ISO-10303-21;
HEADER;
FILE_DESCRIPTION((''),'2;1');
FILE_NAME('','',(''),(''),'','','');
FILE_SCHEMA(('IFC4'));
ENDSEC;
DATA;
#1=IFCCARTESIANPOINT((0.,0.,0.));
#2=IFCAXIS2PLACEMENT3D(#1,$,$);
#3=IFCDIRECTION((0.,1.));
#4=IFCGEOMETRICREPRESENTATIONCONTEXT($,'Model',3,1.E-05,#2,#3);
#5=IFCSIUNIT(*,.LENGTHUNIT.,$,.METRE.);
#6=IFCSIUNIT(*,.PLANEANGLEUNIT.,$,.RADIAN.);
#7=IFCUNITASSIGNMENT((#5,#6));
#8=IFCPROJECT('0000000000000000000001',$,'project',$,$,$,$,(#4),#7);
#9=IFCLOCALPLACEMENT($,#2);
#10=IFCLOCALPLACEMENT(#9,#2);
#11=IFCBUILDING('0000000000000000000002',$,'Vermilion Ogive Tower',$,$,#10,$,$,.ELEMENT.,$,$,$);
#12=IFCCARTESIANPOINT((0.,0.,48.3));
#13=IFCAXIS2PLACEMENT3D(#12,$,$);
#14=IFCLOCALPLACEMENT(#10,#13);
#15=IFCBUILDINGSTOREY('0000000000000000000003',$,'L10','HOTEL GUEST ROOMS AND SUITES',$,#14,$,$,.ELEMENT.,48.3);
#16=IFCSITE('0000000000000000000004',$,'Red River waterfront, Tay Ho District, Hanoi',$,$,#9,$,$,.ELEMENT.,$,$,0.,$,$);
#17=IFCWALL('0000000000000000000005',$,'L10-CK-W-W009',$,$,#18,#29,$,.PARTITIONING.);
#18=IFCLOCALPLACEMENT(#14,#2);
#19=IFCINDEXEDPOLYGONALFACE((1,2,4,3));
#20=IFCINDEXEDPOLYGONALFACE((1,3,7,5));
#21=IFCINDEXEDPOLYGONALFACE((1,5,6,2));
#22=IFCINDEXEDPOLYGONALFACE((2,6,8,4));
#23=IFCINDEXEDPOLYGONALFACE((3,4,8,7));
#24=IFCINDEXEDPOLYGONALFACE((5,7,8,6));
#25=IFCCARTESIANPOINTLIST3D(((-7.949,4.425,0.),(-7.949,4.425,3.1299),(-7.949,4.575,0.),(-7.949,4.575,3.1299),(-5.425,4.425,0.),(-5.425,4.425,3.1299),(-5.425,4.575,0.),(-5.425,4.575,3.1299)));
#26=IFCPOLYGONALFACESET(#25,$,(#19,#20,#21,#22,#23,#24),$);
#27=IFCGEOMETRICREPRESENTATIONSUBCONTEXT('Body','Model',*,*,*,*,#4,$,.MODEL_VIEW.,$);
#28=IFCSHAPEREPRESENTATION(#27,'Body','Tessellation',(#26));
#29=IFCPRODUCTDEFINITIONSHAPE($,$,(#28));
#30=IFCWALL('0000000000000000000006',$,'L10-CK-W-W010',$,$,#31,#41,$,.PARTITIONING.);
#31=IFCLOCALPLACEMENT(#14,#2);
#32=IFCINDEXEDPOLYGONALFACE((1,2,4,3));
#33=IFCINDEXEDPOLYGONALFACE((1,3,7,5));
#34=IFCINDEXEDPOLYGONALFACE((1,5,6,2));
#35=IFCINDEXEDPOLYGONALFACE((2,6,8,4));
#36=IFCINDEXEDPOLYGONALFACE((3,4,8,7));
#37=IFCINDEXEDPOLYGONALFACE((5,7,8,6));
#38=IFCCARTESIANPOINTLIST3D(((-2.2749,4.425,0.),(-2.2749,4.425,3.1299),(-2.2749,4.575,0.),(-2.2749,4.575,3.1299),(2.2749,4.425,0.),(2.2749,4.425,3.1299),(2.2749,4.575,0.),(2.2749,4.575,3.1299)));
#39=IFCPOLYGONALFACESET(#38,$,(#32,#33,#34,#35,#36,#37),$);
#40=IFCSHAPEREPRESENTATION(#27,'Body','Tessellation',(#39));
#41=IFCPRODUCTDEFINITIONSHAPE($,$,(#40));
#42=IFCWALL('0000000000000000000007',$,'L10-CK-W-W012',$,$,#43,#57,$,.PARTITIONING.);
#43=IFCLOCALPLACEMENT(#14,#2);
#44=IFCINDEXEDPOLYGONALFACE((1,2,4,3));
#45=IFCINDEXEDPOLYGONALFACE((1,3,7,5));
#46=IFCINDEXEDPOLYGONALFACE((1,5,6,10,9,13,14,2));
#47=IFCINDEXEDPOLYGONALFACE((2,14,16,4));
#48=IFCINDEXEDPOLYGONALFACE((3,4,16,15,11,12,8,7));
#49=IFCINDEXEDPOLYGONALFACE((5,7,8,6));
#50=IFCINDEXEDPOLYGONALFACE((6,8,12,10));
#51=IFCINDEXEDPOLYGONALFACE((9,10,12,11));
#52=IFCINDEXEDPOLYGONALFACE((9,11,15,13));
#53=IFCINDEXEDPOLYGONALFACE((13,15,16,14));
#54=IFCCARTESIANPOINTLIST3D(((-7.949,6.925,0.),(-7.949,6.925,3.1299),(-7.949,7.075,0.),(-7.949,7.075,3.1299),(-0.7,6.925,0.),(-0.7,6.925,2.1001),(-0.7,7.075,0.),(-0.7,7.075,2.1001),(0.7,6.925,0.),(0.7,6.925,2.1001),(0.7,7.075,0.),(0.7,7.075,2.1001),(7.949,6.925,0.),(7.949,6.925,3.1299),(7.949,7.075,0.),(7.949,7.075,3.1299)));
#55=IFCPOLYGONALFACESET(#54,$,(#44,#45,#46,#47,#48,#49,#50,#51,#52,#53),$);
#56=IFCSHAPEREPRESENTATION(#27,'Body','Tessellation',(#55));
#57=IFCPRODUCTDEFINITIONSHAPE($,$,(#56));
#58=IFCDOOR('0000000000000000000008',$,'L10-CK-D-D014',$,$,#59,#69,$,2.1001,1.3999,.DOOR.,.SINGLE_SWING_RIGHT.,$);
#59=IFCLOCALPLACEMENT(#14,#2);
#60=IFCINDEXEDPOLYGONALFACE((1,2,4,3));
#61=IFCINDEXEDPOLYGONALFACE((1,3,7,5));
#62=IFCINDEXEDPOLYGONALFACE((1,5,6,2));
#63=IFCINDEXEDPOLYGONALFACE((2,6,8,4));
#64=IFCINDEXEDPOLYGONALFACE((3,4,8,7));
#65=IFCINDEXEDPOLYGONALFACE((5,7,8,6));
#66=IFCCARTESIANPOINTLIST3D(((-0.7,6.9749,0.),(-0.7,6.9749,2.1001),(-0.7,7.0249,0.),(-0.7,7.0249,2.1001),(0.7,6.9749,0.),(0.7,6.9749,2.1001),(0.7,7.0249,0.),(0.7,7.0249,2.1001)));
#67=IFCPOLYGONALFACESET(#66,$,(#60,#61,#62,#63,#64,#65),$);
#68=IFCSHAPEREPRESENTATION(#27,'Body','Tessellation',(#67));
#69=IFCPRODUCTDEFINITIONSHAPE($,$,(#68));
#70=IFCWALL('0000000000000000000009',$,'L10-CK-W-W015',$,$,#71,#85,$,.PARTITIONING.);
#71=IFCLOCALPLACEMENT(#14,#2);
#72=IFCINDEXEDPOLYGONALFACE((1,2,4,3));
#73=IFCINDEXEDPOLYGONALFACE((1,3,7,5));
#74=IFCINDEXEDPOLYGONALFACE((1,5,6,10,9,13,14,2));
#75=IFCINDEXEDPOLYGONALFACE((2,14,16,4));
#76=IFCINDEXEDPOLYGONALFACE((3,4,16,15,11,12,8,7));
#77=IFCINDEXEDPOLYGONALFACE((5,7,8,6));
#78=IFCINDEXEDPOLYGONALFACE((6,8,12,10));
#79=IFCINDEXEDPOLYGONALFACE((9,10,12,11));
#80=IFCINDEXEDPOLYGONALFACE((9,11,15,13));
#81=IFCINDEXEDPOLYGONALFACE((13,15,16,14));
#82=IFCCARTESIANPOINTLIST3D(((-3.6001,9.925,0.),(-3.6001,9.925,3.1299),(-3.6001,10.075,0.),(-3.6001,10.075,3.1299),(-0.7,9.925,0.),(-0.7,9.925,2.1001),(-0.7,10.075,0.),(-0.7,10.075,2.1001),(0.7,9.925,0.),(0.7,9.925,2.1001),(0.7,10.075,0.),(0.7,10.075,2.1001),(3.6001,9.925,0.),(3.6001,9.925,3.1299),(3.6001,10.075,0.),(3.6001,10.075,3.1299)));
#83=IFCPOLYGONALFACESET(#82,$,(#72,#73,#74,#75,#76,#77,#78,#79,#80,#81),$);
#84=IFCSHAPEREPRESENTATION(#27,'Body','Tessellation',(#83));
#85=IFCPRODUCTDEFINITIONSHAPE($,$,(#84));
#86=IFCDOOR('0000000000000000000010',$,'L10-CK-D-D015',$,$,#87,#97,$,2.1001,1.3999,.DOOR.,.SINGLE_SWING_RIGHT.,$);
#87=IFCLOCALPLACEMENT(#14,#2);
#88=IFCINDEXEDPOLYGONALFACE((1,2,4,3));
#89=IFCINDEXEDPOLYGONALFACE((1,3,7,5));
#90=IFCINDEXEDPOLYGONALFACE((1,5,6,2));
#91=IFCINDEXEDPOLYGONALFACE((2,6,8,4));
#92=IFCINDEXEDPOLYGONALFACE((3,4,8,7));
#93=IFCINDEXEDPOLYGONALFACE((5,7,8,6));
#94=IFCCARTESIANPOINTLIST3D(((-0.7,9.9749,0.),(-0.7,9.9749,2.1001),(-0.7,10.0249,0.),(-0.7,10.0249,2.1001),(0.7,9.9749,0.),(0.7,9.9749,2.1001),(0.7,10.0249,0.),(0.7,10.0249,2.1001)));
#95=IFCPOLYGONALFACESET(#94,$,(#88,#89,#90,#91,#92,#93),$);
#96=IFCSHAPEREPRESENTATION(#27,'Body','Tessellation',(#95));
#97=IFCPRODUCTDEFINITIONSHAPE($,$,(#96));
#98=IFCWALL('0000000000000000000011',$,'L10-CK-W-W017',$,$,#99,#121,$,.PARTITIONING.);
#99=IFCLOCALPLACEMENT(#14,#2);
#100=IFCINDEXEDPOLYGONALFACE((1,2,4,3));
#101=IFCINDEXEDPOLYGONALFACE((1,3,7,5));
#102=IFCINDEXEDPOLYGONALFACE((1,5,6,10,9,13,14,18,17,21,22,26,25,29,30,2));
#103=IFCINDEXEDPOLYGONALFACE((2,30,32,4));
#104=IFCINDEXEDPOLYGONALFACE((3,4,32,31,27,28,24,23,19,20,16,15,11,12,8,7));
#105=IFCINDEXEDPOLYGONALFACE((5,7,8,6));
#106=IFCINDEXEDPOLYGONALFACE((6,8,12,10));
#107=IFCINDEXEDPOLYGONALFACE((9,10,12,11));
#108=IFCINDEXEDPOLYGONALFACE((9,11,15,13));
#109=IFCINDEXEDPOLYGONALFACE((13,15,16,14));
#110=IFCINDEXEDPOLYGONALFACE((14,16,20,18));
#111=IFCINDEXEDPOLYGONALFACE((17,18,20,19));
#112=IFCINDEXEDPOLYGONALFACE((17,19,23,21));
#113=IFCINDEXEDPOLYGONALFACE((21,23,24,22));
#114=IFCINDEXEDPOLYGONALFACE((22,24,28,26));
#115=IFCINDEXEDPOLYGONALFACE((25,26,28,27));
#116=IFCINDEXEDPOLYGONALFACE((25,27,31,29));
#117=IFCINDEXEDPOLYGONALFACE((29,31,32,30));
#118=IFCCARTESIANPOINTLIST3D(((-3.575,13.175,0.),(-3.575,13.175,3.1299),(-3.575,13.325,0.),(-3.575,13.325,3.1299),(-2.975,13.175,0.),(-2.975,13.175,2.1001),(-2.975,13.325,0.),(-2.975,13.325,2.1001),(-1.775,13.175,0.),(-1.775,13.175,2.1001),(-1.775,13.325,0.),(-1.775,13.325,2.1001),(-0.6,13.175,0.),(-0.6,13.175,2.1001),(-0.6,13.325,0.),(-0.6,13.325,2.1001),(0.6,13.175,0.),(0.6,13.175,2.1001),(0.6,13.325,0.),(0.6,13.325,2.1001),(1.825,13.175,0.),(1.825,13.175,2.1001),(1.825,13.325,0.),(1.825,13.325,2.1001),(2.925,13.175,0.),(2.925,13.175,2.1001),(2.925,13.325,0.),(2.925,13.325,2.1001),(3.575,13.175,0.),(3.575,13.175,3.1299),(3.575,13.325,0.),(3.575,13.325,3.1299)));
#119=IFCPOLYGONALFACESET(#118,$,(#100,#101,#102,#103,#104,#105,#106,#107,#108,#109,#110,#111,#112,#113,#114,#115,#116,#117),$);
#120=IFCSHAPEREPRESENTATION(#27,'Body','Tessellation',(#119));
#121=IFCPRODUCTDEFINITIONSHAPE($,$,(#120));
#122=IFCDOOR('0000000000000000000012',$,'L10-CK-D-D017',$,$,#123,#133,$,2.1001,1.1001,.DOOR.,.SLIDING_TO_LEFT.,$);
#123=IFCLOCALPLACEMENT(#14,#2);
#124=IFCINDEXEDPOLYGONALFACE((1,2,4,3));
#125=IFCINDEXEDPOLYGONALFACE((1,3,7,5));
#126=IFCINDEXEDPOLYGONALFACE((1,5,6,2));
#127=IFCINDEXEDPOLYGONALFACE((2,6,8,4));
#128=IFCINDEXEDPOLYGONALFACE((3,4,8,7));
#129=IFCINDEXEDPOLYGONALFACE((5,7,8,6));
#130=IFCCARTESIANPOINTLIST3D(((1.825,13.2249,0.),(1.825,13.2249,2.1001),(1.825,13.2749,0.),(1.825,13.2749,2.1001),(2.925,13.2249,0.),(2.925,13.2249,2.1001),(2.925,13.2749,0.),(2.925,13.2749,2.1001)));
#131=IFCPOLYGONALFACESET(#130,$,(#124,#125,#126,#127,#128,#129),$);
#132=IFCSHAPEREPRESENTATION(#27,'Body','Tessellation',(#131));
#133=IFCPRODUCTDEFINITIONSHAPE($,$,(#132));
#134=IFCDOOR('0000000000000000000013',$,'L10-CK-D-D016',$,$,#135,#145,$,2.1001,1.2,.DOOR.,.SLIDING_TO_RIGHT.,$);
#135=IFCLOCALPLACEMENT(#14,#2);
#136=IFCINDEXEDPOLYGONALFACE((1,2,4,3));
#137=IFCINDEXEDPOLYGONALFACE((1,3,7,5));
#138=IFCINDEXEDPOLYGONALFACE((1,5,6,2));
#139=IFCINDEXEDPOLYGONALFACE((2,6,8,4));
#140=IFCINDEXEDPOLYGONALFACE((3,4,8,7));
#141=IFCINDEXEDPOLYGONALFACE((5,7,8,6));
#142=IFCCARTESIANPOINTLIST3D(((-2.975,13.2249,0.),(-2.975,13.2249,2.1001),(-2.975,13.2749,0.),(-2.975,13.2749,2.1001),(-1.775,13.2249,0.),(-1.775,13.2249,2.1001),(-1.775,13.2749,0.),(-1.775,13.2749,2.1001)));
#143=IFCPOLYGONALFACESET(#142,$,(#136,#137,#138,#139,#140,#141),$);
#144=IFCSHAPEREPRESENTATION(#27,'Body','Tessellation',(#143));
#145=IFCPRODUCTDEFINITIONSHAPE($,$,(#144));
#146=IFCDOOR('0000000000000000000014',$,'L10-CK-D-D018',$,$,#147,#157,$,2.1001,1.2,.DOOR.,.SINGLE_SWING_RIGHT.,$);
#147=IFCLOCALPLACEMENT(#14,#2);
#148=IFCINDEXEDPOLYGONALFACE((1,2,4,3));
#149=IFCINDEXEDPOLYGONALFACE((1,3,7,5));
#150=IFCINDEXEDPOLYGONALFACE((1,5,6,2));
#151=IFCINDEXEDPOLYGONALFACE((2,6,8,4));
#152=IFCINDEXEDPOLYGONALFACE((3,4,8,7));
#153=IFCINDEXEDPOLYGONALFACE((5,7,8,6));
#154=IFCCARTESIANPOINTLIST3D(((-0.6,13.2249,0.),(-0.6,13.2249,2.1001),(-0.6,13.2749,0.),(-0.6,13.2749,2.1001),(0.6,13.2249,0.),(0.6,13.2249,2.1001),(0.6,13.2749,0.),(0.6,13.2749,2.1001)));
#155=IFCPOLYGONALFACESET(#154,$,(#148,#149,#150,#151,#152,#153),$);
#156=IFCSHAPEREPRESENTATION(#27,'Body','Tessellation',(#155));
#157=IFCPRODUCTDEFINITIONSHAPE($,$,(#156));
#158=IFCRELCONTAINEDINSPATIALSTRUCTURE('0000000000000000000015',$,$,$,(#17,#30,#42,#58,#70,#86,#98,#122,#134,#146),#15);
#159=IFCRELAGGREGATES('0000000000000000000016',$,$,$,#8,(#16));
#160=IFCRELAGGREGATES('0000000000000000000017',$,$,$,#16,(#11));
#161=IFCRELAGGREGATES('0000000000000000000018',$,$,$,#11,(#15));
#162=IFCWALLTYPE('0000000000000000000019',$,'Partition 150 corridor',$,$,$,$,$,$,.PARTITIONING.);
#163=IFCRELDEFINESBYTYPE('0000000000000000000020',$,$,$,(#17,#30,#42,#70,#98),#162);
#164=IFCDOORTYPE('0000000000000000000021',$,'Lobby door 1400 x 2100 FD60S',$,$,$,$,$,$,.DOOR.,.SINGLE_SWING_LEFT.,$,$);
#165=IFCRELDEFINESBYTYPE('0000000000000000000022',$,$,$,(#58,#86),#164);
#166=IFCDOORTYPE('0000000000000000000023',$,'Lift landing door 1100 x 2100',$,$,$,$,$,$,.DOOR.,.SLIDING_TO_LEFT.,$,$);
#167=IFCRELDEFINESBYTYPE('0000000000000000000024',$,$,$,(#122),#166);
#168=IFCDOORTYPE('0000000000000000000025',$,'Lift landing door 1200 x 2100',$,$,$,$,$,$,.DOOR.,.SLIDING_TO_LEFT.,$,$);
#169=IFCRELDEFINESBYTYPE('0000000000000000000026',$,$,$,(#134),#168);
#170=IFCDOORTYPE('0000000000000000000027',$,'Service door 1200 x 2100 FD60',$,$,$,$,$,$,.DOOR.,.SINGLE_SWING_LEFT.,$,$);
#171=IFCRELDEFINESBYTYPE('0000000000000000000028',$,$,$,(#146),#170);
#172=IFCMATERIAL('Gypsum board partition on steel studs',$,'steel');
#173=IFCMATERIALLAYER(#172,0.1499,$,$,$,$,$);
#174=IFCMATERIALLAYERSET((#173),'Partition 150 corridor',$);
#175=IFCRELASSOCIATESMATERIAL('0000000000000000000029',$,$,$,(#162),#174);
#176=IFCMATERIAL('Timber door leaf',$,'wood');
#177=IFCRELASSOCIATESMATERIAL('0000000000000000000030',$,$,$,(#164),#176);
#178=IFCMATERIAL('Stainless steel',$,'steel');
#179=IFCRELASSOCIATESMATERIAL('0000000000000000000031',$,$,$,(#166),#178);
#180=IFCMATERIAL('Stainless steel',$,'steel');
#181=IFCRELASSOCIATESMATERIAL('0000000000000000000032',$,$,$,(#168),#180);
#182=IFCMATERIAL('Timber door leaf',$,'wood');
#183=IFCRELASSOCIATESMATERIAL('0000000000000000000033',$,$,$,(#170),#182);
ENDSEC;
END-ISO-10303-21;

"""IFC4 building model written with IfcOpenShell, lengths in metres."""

from ifc_helpers import new_model, si_unit, direction, frame, frame_2d, origin, place, context, subcontext, project, spatial, rectangle, extrude, material, layer, layer_set, type_object, element, fill, save


model = new_model("IFC4")

# Units and contexts
model_context = context("Model", 3, precision=1e-05, world=origin(), true_north=direction((0.0, 1.0)))
body_context = subcontext(model_context, "Body", "Model", "MODEL_VIEW")
ifc_project = project(units=[si_unit("LENGTHUNIT", "METRE"), si_unit("PLANEANGLEUNIT", "RADIAN")], contexts=[model_context])

# Site, building, storey
site_placement = place(None, origin())
site = spatial("IfcSite", under=ifc_project, at=site_placement, Name="Red River waterfront, Tay Ho District, Hanoi", CompositionType="ELEMENT", RefElevation=0.0)
building_placement = place(site_placement, origin())
building = spatial("IfcBuilding", under=site, at=building_placement, Name="Vermilion Ogive Tower", CompositionType="ELEMENT")
storey_placement = place(building_placement, frame((0.0, 0.0, 48.3)))
storey = spatial("IfcBuildingStorey", under=building, at=storey_placement, Name="L10", Description="HOTEL GUEST ROOMS AND SUITES", CompositionType="ELEMENT", Elevation=48.3)

# Walls
ifc_material_1 = material(Name="Gypsum board partition on steel studs", Category="steel")
ifc_layer_1 = layer(ifc_material_1, 0.1499)
ifc_layer_set_1 = layer_set([ifc_layer_1], Name="Partition 150 corridor")
wall_type_1 = type_object("IfcWallType", Name="Partition 150 corridor", PredefinedType="PARTITIONING", material=ifc_layer_set_1)
wall_1_placement = place(storey_placement, frame((-7.949, 4.5, 0.0), z_axis=(0.0, 0.0, 1.0), x_axis=(1.0, 0.0, 0.0)))
element("IfcWall", 1, at=wall_1_placement, inside=storey, type_object=wall_type_1, Name="L10-CK-W-W009", PredefinedType="PARTITIONING", context=body_context, shape_type="SweptSolid", body=[
    extrude(rectangle(XDim=2.5239, YDim=0.1499, at=frame_2d((1.262, 0.0))), origin(), (0.0, 0.0, 1.0), 3.1299),
])
wall_2_placement = place(storey_placement, frame((-2.2749, 4.5, 0.0), z_axis=(0.0, 0.0, 1.0), x_axis=(1.0, 0.0, 0.0)))
element("IfcWall", 2, at=wall_2_placement, inside=storey, type_object=wall_type_1, Name="L10-CK-W-W010", PredefinedType="PARTITIONING", context=body_context, shape_type="SweptSolid", body=[
    extrude(rectangle(XDim=4.5498, YDim=0.1499, at=frame_2d((2.2749, 0.0))), origin(), (0.0, 0.0, 1.0), 3.1299),
])

# Walls, openings, doors
wall_3_placement = place(storey_placement, frame((-7.949, 7.0, 0.0), z_axis=(0.0, 0.0, 1.0), x_axis=(1.0, 0.0, 0.0)))
wall_3 = element("IfcWall", 3, at=wall_3_placement, inside=storey, type_object=wall_type_1, Name="L10-CK-W-W012", PredefinedType="PARTITIONING", context=body_context, shape_type="SweptSolid", body=[
    extrude(rectangle(XDim=15.8979, YDim=0.1499, at=frame_2d((7.949, 0.0))), origin(), (0.0, 0.0, 1.0), 3.1299),
])
opening_1_placement = place(wall_3_placement, frame((7.249, 0.0, 0.0)))
opening_1 = element("IfcOpeningElement", 4, at=opening_1_placement, cuts=wall_3, PredefinedType="OPENING", context=body_context, shape_type="SweptSolid", body=[
    extrude(rectangle(XDim=1.3999, YDim=2.1001, at=frame_2d((0.7, 1.05))), frame((0.0, 0.085, 0.0), z_axis=(0.0, -1.0, 0.0), x_axis=(1.0, 0.0, 0.0)), (0.0, 0.0, 1.0), 0.1699),
])
ifc_material_2 = material(Name="Timber door leaf", Category="wood")
door_type_1 = type_object("IfcDoorType", Name="Lobby door 1400 x 2100 FD60S", OperationType="SINGLE_SWING_LEFT", PredefinedType="DOOR", material=ifc_material_2)
door_1_placement = place(opening_1_placement, origin())
door_1 = element("IfcDoor", 5, at=door_1_placement, inside=storey, type_object=door_type_1, Name="L10-CK-D-D014", OperationType="SINGLE_SWING_RIGHT", OverallHeight=2.1001, OverallWidth=1.3999, PredefinedType="DOOR", context=body_context, shape_type="SweptSolid", body=[
    extrude(rectangle(XDim=1.3999, YDim=2.1001, at=frame_2d((0.7, 1.05))), frame((0.0, 0.0249, 0.0), z_axis=(0.0, -1.0, 0.0), x_axis=(1.0, 0.0, 0.0)), (0.0, 0.0, 1.0), 0.05),
])
fill(opening_1, door_1)
wall_4_placement = place(storey_placement, frame((-3.6001, 10.0, 0.0), z_axis=(0.0, 0.0, 1.0), x_axis=(1.0, 0.0, 0.0)))
wall_4 = element("IfcWall", 6, at=wall_4_placement, inside=storey, type_object=wall_type_1, Name="L10-CK-W-W015", PredefinedType="PARTITIONING", context=body_context, shape_type="SweptSolid", body=[
    extrude(rectangle(XDim=7.2002, YDim=0.1499, at=frame_2d((3.6001, 0.0))), origin(), (0.0, 0.0, 1.0), 3.1299),
])
opening_2_placement = place(wall_4_placement, frame((2.9001, 0.0, 0.0)))
opening_2 = element("IfcOpeningElement", 7, at=opening_2_placement, cuts=wall_4, PredefinedType="OPENING", context=body_context, shape_type="SweptSolid", body=[
    extrude(rectangle(XDim=1.3999, YDim=2.1001, at=frame_2d((0.7, 1.05))), frame((0.0, 0.085, 0.0), z_axis=(0.0, -1.0, 0.0), x_axis=(1.0, 0.0, 0.0)), (0.0, 0.0, 1.0), 0.1699),
])
door_2_placement = place(opening_2_placement, origin())
door_2 = element("IfcDoor", 8, at=door_2_placement, inside=storey, type_object=door_type_1, Name="L10-CK-D-D015", OperationType="SINGLE_SWING_RIGHT", OverallHeight=2.1001, OverallWidth=1.3999, PredefinedType="DOOR", context=body_context, shape_type="SweptSolid", body=[
    extrude(rectangle(XDim=1.3999, YDim=2.1001, at=frame_2d((0.7, 1.05))), frame((0.0, 0.0249, 0.0), z_axis=(0.0, -1.0, 0.0), x_axis=(1.0, 0.0, 0.0)), (0.0, 0.0, 1.0), 0.05),
])
fill(opening_2, door_2)

# Wall, openings, doors
wall_5_placement = place(storey_placement, frame((-3.575, 13.25, 0.0), z_axis=(0.0, 0.0, 1.0), x_axis=(1.0, 0.0, 0.0)))
wall_5 = element("IfcWall", 9, at=wall_5_placement, inside=storey, type_object=wall_type_1, Name="L10-CK-W-W017", PredefinedType="PARTITIONING", context=body_context, shape_type="SweptSolid", body=[
    extrude(rectangle(XDim=7.1499, YDim=0.1499, at=frame_2d((3.575, 0.0))), origin(), (0.0, 0.0, 1.0), 3.1299),
])
opening_3_placement = place(wall_5_placement, frame((0.5999, 0.0, 0.0)))
opening_3 = element("IfcOpeningElement", 10, at=opening_3_placement, cuts=wall_5, PredefinedType="OPENING", context=body_context, shape_type="SweptSolid", body=[
    extrude(rectangle(XDim=1.2, YDim=2.1001, at=frame_2d((0.6001, 1.05))), frame((0.0, 0.085, 0.0), z_axis=(0.0, -1.0, 0.0), x_axis=(1.0, 0.0, 0.0)), (0.0, 0.0, 1.0), 0.1699),
])
opening_4_placement = place(wall_5_placement, frame((5.3999, 0.0, 0.0)))
opening_4 = element("IfcOpeningElement", 11, at=opening_4_placement, cuts=wall_5, PredefinedType="OPENING", context=body_context, shape_type="SweptSolid", body=[
    extrude(rectangle(XDim=1.1001, YDim=2.1001, at=frame_2d((0.55, 1.05))), frame((0.0, 0.085, 0.0), z_axis=(0.0, -1.0, 0.0), x_axis=(1.0, 0.0, 0.0)), (0.0, 0.0, 1.0), 0.1699),
])
opening_5_placement = place(wall_5_placement, frame((2.9749, 0.0, 0.0)))
opening_5 = element("IfcOpeningElement", 12, at=opening_5_placement, cuts=wall_5, PredefinedType="OPENING", context=body_context, shape_type="SweptSolid", body=[
    extrude(rectangle(XDim=1.2, YDim=2.1001, at=frame_2d((0.6001, 1.05))), frame((0.0, 0.085, 0.0), z_axis=(0.0, -1.0, 0.0), x_axis=(1.0, 0.0, 0.0)), (0.0, 0.0, 1.0), 0.1699),
])
ifc_material_3 = material(Name="Stainless steel", Category="steel")
door_type_2 = type_object("IfcDoorType", Name="Lift landing door 1100 x 2100", OperationType="SLIDING_TO_LEFT", PredefinedType="DOOR", material=ifc_material_3)
door_3_placement = place(opening_4_placement, origin())
door_3 = element("IfcDoor", 13, at=door_3_placement, inside=storey, type_object=door_type_2, Name="L10-CK-D-D017", OperationType="SLIDING_TO_LEFT", OverallHeight=2.1001, OverallWidth=1.1001, PredefinedType="DOOR", context=body_context, shape_type="SweptSolid", body=[
    extrude(rectangle(XDim=1.1001, YDim=2.1001, at=frame_2d((0.55, 1.05))), frame((0.0, 0.0249, 0.0), z_axis=(0.0, -1.0, 0.0), x_axis=(1.0, 0.0, 0.0)), (0.0, 0.0, 1.0), 0.05),
])
fill(opening_4, door_3)
ifc_material_4 = material(Name="Stainless steel", Category="steel")
door_type_3 = type_object("IfcDoorType", Name="Lift landing door 1200 x 2100", OperationType="SLIDING_TO_LEFT", PredefinedType="DOOR", material=ifc_material_4)
door_4_placement = place(opening_3_placement, origin())
door_4 = element("IfcDoor", 14, at=door_4_placement, inside=storey, type_object=door_type_3, Name="L10-CK-D-D016", OperationType="SLIDING_TO_RIGHT", OverallHeight=2.1001, OverallWidth=1.2, PredefinedType="DOOR", context=body_context, shape_type="SweptSolid", body=[
    extrude(rectangle(XDim=1.2, YDim=2.1001, at=frame_2d((0.6001, 1.05))), frame((0.0, 0.0249, 0.0), z_axis=(0.0, -1.0, 0.0), x_axis=(1.0, 0.0, 0.0)), (0.0, 0.0, 1.0), 0.05),
])
fill(opening_3, door_4)
ifc_material_5 = material(Name="Timber door leaf", Category="wood")
door_type_4 = type_object("IfcDoorType", Name="Service door 1200 x 2100 FD60", OperationType="SINGLE_SWING_LEFT", PredefinedType="DOOR", material=ifc_material_5)
door_5_placement = place(opening_5_placement, origin())
door_5 = element("IfcDoor", 15, at=door_5_placement, inside=storey, type_object=door_type_4, Name="L10-CK-D-D018", OperationType="SINGLE_SWING_RIGHT", OverallHeight=2.1001, OverallWidth=1.2, PredefinedType="DOOR", context=body_context, shape_type="SweptSolid", body=[
    extrude(rectangle(XDim=1.2, YDim=2.1001, at=frame_2d((0.6001, 1.05))), frame((0.0, 0.0249, 0.0), z_axis=(0.0, -1.0, 0.0), x_axis=(1.0, 0.0, 0.0)), (0.0, 0.0, 1.0), 0.05),
])
fill(opening_5, door_5)

save(model, "model.ifc")
